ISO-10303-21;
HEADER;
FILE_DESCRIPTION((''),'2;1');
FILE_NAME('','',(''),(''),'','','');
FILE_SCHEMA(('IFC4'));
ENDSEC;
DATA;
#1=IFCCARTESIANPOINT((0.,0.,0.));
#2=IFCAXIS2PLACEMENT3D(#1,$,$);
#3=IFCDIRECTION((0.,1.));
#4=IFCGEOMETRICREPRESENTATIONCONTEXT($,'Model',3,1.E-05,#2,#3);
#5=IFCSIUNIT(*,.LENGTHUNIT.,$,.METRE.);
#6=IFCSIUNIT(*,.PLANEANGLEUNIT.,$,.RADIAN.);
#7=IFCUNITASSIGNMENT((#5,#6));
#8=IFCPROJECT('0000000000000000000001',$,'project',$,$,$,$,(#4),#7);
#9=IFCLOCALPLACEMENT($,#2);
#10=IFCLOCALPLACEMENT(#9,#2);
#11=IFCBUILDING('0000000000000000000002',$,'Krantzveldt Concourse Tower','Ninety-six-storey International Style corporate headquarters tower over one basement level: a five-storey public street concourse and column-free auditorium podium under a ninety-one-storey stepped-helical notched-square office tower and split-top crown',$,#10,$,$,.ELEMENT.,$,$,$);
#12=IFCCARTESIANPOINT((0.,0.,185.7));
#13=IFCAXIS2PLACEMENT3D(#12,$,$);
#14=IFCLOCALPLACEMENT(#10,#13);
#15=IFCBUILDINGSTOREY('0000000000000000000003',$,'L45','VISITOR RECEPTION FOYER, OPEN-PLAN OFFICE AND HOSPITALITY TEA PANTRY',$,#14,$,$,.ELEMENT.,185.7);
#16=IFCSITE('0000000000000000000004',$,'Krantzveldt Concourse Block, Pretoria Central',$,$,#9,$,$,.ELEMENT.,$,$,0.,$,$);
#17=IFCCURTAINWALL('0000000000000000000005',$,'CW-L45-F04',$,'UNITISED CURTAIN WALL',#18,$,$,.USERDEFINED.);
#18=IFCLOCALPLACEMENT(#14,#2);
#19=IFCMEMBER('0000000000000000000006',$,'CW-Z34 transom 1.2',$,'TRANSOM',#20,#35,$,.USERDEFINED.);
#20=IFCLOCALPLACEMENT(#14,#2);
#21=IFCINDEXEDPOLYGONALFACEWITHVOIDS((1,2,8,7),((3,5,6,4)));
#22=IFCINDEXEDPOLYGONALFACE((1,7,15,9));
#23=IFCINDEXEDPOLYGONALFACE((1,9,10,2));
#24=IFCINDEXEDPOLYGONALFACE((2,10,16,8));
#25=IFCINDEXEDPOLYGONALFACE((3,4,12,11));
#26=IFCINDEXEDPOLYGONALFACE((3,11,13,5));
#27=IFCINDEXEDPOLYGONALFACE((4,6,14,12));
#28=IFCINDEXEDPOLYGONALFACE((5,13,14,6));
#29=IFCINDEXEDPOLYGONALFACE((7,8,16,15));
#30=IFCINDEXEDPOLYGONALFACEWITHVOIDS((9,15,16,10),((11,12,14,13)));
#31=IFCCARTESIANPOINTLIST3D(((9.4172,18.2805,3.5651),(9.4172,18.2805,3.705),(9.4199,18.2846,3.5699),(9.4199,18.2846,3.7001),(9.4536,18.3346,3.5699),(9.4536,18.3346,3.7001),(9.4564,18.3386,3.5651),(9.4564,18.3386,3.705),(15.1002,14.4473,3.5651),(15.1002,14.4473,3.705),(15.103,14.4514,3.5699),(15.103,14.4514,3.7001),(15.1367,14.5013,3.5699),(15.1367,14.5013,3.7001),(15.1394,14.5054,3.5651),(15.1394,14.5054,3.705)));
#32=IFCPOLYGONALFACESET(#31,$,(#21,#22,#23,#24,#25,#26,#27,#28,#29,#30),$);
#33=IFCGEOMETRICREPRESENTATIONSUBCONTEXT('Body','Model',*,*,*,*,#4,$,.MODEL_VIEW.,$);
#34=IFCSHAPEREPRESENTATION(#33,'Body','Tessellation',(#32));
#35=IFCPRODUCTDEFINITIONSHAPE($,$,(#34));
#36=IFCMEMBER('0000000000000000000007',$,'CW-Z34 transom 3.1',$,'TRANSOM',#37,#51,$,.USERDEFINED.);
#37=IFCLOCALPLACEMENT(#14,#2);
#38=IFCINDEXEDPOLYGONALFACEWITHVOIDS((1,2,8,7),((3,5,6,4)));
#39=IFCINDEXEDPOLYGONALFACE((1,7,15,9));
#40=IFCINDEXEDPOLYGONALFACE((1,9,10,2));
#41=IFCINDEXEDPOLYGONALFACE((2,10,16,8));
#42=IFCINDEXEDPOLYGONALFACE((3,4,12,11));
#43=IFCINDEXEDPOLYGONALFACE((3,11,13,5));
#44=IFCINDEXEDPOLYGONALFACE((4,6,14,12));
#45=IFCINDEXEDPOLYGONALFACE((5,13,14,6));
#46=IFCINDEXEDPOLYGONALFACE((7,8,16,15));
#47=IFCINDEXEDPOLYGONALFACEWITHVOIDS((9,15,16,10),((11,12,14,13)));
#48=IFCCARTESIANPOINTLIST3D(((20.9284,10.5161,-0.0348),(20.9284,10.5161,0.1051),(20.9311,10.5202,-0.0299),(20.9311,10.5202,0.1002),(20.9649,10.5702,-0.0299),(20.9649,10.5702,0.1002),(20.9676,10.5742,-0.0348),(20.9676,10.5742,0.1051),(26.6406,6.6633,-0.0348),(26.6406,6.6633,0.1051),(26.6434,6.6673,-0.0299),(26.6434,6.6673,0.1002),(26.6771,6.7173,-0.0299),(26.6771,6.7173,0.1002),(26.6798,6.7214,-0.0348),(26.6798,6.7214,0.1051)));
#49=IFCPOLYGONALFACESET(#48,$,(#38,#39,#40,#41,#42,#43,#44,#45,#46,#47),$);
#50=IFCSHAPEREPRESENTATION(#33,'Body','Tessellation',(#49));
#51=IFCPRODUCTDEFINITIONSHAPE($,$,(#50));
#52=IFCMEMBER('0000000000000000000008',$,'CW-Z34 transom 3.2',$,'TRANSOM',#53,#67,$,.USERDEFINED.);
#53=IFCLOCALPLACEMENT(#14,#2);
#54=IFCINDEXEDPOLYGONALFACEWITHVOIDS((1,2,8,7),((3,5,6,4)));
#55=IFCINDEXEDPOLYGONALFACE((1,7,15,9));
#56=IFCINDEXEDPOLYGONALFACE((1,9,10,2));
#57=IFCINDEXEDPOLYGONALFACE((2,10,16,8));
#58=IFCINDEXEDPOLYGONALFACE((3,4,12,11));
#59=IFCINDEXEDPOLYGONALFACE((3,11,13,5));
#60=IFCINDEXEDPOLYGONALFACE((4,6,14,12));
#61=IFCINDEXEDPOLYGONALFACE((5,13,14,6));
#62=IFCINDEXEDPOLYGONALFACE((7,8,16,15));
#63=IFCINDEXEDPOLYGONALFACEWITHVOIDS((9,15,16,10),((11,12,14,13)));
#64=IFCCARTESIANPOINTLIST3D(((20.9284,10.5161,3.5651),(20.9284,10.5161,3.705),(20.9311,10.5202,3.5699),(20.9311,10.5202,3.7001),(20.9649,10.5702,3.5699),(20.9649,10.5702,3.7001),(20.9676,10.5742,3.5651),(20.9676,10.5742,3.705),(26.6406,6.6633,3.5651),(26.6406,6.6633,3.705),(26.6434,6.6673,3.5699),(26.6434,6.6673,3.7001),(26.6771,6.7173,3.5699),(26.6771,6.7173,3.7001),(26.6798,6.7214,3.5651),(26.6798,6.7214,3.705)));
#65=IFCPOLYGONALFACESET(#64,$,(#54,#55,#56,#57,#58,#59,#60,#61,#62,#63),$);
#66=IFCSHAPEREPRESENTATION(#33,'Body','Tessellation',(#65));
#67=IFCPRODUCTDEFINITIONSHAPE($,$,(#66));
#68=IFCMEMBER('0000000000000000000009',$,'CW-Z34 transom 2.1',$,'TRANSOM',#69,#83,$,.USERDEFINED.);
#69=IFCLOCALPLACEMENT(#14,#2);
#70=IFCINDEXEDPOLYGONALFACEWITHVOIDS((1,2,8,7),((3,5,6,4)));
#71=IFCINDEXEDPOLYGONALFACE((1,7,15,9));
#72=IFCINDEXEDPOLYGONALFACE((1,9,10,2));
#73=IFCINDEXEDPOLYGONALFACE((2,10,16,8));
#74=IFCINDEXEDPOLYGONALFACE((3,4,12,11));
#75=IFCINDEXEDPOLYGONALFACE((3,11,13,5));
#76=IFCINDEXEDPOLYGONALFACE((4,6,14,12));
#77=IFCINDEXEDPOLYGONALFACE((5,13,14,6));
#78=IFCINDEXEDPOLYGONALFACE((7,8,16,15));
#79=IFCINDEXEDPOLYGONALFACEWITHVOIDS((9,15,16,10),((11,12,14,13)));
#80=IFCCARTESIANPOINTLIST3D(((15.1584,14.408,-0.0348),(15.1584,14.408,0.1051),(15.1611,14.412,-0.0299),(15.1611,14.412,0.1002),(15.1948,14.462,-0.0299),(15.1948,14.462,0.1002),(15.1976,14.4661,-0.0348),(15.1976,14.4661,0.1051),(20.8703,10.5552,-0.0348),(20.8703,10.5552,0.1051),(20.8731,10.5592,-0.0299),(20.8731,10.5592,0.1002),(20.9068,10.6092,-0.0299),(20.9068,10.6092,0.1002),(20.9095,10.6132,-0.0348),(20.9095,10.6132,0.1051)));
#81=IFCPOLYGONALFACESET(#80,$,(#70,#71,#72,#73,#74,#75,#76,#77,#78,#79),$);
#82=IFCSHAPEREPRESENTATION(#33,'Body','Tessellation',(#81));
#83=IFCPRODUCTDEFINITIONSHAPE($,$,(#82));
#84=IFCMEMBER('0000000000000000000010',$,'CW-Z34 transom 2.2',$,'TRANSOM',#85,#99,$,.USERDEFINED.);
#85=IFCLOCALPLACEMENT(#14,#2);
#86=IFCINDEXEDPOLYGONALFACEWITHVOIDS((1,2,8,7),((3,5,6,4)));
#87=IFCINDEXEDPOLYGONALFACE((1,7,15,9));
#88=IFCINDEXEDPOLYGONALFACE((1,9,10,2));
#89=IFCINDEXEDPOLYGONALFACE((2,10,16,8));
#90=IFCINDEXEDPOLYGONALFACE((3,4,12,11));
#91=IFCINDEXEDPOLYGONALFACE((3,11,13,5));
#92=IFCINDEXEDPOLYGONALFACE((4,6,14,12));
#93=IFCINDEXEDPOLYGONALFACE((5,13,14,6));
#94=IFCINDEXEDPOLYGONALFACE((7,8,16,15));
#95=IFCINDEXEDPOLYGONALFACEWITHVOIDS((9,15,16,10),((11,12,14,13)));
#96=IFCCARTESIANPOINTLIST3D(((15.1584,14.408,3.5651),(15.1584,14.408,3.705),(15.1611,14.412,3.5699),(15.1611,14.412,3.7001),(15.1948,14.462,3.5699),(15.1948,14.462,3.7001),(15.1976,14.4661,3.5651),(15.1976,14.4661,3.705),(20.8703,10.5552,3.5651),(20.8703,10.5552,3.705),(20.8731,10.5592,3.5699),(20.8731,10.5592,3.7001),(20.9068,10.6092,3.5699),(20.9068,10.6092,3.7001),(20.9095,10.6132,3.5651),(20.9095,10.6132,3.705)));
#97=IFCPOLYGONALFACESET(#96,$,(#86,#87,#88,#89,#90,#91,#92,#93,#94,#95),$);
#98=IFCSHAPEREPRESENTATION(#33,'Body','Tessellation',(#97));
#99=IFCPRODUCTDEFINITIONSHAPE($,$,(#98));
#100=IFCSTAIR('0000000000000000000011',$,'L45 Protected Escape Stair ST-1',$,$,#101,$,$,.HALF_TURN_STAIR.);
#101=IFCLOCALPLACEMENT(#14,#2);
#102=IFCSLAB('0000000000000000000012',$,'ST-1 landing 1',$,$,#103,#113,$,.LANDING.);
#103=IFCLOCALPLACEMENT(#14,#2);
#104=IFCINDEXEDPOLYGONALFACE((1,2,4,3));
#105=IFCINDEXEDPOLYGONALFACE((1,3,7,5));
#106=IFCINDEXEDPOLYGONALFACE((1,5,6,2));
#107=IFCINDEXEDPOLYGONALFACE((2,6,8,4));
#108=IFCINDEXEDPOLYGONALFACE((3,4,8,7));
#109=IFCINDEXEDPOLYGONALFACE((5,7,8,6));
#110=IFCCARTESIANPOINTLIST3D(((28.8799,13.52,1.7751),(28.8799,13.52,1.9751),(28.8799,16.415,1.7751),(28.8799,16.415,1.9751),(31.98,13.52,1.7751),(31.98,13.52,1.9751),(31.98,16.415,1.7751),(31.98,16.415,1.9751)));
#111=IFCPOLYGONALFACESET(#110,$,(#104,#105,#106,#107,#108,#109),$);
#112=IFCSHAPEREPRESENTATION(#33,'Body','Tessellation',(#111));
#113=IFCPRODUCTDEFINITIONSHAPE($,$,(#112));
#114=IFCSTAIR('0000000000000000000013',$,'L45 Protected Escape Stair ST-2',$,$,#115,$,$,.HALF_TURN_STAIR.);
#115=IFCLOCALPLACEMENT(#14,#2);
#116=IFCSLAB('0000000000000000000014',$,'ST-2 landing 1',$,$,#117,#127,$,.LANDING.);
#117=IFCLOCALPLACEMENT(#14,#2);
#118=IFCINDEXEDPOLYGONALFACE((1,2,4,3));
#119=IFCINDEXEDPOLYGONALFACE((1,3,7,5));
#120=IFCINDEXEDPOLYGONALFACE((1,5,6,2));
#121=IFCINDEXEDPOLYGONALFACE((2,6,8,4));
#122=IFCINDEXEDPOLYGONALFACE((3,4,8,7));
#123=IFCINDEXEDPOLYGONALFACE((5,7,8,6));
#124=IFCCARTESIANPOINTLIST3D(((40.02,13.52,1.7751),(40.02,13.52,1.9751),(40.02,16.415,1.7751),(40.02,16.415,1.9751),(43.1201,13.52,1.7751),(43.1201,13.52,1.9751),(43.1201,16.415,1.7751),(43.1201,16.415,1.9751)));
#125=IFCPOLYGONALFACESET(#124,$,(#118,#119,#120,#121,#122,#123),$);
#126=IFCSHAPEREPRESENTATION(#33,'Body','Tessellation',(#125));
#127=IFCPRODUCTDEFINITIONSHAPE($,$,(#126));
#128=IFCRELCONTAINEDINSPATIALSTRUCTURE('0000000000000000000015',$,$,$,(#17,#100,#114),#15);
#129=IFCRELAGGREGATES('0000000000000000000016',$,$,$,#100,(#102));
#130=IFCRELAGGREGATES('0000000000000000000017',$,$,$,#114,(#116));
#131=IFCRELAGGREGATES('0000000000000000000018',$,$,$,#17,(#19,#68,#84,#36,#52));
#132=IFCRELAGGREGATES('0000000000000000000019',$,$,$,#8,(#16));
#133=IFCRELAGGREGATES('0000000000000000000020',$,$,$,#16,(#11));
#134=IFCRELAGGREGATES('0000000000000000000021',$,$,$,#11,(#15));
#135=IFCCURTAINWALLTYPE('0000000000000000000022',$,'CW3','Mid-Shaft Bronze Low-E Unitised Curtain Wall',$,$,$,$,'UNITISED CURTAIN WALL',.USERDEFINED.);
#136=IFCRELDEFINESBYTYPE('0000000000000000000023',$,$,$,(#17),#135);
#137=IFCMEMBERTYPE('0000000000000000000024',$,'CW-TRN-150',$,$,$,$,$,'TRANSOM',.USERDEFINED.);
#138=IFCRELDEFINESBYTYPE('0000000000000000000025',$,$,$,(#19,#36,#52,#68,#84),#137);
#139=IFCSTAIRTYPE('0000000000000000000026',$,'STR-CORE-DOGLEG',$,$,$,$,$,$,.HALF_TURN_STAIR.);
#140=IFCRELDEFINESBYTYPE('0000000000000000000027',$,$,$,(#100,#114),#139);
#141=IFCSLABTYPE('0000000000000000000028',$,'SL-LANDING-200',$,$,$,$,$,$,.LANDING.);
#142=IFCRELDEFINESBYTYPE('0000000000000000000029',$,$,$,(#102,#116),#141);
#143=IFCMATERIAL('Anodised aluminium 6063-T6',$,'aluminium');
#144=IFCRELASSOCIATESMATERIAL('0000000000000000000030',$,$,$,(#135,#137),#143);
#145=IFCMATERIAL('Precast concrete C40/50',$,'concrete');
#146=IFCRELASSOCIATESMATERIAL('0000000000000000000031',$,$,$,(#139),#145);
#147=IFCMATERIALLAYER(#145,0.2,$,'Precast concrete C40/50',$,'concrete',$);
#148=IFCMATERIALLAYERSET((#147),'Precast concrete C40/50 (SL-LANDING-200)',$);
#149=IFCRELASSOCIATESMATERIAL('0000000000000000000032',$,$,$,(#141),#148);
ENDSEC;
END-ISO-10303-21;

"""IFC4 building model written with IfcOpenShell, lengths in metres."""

from ifc_helpers import new_model, si_unit, direction, frame, origin, origin_2d, place, context, subcontext, project, spatial, polyline, hollow_rectangle, outline, extrude, source, transform, mapped, material, layer, layer_set, material_profile, profile_set, type_object, type_shapes, element, aggregate, save


model = new_model("IFC4")

# Units and contexts
model_context = context("Model", 3, precision=1e-05, world=origin(), true_north=direction((0.0, 1.0)))
body_context = subcontext(model_context, "Body", "Model", "MODEL_VIEW")
ifc_project = project(units=[si_unit("LENGTHUNIT", "METRE"), si_unit("PLANEANGLEUNIT", "RADIAN")], contexts=[model_context])

# Site, building, storey
site_placement = place(None, origin())
site = spatial("IfcSite", under=ifc_project, at=site_placement, Name="Krantzveldt Concourse Block, Pretoria Central", CompositionType="ELEMENT", RefElevation=0.0)
building_placement = place(site_placement, origin())
building = spatial("IfcBuilding", under=site, at=building_placement, Name="Krantzveldt Concourse Tower", Description="Ninety-six-storey International Style corporate headquarters tower over one basement level: a five-storey public street concourse and column-free auditorium podium under a ninety-one-storey stepped-helical notched-square office tower and split-top crown", CompositionType="ELEMENT")
storey_placement = place(building_placement, frame((0.0, 0.0, 185.7)))
storey = spatial("IfcBuildingStorey", under=building, at=storey_placement, Name="L45", Description="VISITOR RECEPTION FOYER, OPEN-PLAN OFFICE AND HOSPITALITY TEA PANTRY", CompositionType="ELEMENT", Elevation=185.7)

# Shared definitions
ifc_material_1 = material(Name="Anodised aluminium 6063-T6", Category="aluminium")
curtain_wall_type = type_object("IfcCurtainWallType", Name="CW3", Description="Mid-Shaft Bronze Low-E Unitised Curtain Wall", ElementType="UNITISED CURTAIN WALL", PredefinedType="USERDEFINED", material=ifc_material_1)

# Curtain wall, members
curtain_wall_1_placement = place(storey_placement, origin())
curtain_wall_1 = element("IfcCurtainWall", 1, at=curtain_wall_1_placement, inside=storey, type_object=curtain_wall_type, Name="CW-L45-F04", ObjectType="UNITISED CURTAIN WALL", PredefinedType="USERDEFINED")
ifc_material_profile_1 = material_profile(ifc_material_1, hollow_rectangle(XDim=0.0701, YDim=0.1399, WallThickness=0.0049, at=origin_2d()), Name="Anodised aluminium 6063-T6", Category="aluminium")
ifc_profile_set_1 = profile_set([ifc_material_profile_1], Name="Anodised aluminium 6063-T6 - ALU-TRAN 140x70x5")
member_type_1 = type_object("IfcMemberType", Name="CW-TRN-150", ElementType="TRANSOM", PredefinedType="USERDEFINED", material=ifc_profile_set_1)
shared_shape_1 = source(origin(), body_context, "Body", "SweptSolid", [
    extrude(hollow_rectangle(XDim=0.0701, YDim=0.1399, WallThickness=0.0049, at=origin_2d()), origin(), (0.0, 0.0, 1.0), 6.855),
])
member_1_placement = place(storey_placement, frame((9.4368, 18.3096, 3.635), z_axis=(0.829041, -0.559188, 0.0), x_axis=(0.559188, 0.829041, 0.0)))
member_1 = element("IfcMember", 2, at=member_1_placement, type_object=member_type_1, Name="CW-Z34 transom 1.2", ObjectType="TRANSOM", PredefinedType="USERDEFINED", context=body_context, shape_type="MappedRepresentation", body=[
    mapped(shared_shape_1, transform((0.0, 0.0, 0.0), x_axis=(1.0, 0.0, 0.0), y_axis=(0.0, 1.0, 0.0), z_axis=(0.0, 0.0, 1.0), scale=1.0)),
])
shared_shape_2 = source(origin(), body_context, "Body", "SweptSolid", [
    extrude(hollow_rectangle(XDim=0.0701, YDim=0.1399, WallThickness=0.0049, at=origin_2d()), origin(), (0.0, 0.0, 1.0), 6.8901),
])
member_2_placement = place(storey_placement, frame((20.948, 10.5452, 0.0352), z_axis=(0.829045, -0.559181, 0.0), x_axis=(0.559181, 0.829045, 0.0)))
member_2 = element("IfcMember", 3, at=member_2_placement, type_object=member_type_1, Name="CW-Z34 transom 3.1", ObjectType="TRANSOM", PredefinedType="USERDEFINED", context=body_context, shape_type="MappedRepresentation", body=[
    mapped(shared_shape_2, transform((0.0, 0.0, 0.0), x_axis=(1.0, 0.0, 0.0), y_axis=(0.0, 1.0, 0.0), z_axis=(0.0, 0.0, 1.0), scale=1.0)),
])
member_3_placement = place(storey_placement, frame((20.948, 10.5452, 3.635), z_axis=(0.829045, -0.559181, 0.0), x_axis=(0.559181, 0.829045, 0.0)))
member_3 = element("IfcMember", 4, at=member_3_placement, type_object=member_type_1, Name="CW-Z34 transom 3.2", ObjectType="TRANSOM", PredefinedType="USERDEFINED", context=body_context, shape_type="MappedRepresentation", body=[
    mapped(shared_shape_2, transform((0.0, 0.0, 0.0), x_axis=(1.0, 0.0, 0.0), y_axis=(0.0, 1.0, 0.0), z_axis=(0.0, 0.0, 1.0), scale=1.0)),
])
shared_shape_3 = source(origin(), body_context, "Body", "SweptSolid", [
    extrude(hollow_rectangle(XDim=0.0701, YDim=0.1399, WallThickness=0.0049, at=origin_2d()), origin(), (0.0, 0.0, 1.0), 6.8899),
])
type_shapes(member_type_1, [shared_shape_1, shared_shape_2, shared_shape_3])
member_4_placement = place(storey_placement, frame((15.178, 14.437, 0.0352), z_axis=(0.829034, -0.559198, 0.0), x_axis=(0.559198, 0.829034, 0.0)))
member_4 = element("IfcMember", 5, at=member_4_placement, type_object=member_type_1, Name="CW-Z34 transom 2.1", ObjectType="TRANSOM", PredefinedType="USERDEFINED", context=body_context, shape_type="MappedRepresentation", body=[
    mapped(shared_shape_3, transform((0.0, 0.0, 0.0), x_axis=(1.0, 0.0, 0.0), y_axis=(0.0, 1.0, 0.0), z_axis=(0.0, 0.0, 1.0), scale=1.0)),
])
member_5_placement = place(storey_placement, frame((15.178, 14.437, 3.635), z_axis=(0.829034, -0.559198, 0.0), x_axis=(0.559198, 0.829034, 0.0)))
member_5 = element("IfcMember", 6, at=member_5_placement, type_object=member_type_1, Name="CW-Z34 transom 2.2", ObjectType="TRANSOM", PredefinedType="USERDEFINED", context=body_context, shape_type="MappedRepresentation", body=[
    mapped(shared_shape_3, transform((0.0, 0.0, 0.0), x_axis=(1.0, 0.0, 0.0), y_axis=(0.0, 1.0, 0.0), z_axis=(0.0, 0.0, 1.0), scale=1.0)),
])

# Stairs, slabs
ifc_material_2 = material(Name="Precast concrete C40/50", Category="concrete")
stair_type = type_object("IfcStairType", Name="STR-CORE-DOGLEG", PredefinedType="HALF_TURN_STAIR", material=ifc_material_2)
stair_1_placement = place(storey_placement, origin())
stair_1 = element("IfcStair", 7, at=stair_1_placement, inside=storey, type_object=stair_type, Name="L45 Protected Escape Stair ST-1", PredefinedType="HALF_TURN_STAIR")
ifc_layer_1 = layer(ifc_material_2, 0.2, Name="Precast concrete C40/50", Category="concrete")
ifc_layer_set_1 = layer_set([ifc_layer_1], Name="Precast concrete C40/50 (SL-LANDING-200)")
slab_type_1 = type_object("IfcSlabType", Name="SL-LANDING-200", PredefinedType="LANDING", material=ifc_layer_set_1)
slab_1_placement = place(storey_placement, frame((0.0, 0.0, 1.7751)))
slab_1 = element("IfcSlab", 8, at=slab_1_placement, type_object=slab_type_1, Name="ST-1 landing 1", PredefinedType="LANDING", context=body_context, shape_type="SweptSolid", body=[
    extrude(outline(polyline([(28.8799, 16.415), (28.8799, 13.52), (31.98, 13.52), (31.98, 16.415), (28.8799, 16.415)])), origin(), (0.0, 0.0, 1.0), 0.2),
])
aggregate(stair_1, [slab_1])
stair_2_placement = place(storey_placement, origin())
stair_2 = element("IfcStair", 9, at=stair_2_placement, inside=storey, type_object=stair_type, Name="L45 Protected Escape Stair ST-2", PredefinedType="HALF_TURN_STAIR")
slab_2_placement = place(storey_placement, frame((0.0, 0.0, 1.7751)))
slab_2 = element("IfcSlab", 10, at=slab_2_placement, type_object=slab_type_1, Name="ST-2 landing 1", PredefinedType="LANDING", context=body_context, shape_type="SweptSolid", body=[
    extrude(outline(polyline([(40.02, 16.415), (40.02, 13.52), (43.1201, 13.52), (43.1201, 16.415), (40.02, 16.415)])), origin(), (0.0, 0.0, 1.0), 0.2),
])
aggregate(stair_2, [slab_2])

aggregate(curtain_wall_1, [member_1, member_4, member_5, member_2, member_3])

save(model, "model.ifc")
